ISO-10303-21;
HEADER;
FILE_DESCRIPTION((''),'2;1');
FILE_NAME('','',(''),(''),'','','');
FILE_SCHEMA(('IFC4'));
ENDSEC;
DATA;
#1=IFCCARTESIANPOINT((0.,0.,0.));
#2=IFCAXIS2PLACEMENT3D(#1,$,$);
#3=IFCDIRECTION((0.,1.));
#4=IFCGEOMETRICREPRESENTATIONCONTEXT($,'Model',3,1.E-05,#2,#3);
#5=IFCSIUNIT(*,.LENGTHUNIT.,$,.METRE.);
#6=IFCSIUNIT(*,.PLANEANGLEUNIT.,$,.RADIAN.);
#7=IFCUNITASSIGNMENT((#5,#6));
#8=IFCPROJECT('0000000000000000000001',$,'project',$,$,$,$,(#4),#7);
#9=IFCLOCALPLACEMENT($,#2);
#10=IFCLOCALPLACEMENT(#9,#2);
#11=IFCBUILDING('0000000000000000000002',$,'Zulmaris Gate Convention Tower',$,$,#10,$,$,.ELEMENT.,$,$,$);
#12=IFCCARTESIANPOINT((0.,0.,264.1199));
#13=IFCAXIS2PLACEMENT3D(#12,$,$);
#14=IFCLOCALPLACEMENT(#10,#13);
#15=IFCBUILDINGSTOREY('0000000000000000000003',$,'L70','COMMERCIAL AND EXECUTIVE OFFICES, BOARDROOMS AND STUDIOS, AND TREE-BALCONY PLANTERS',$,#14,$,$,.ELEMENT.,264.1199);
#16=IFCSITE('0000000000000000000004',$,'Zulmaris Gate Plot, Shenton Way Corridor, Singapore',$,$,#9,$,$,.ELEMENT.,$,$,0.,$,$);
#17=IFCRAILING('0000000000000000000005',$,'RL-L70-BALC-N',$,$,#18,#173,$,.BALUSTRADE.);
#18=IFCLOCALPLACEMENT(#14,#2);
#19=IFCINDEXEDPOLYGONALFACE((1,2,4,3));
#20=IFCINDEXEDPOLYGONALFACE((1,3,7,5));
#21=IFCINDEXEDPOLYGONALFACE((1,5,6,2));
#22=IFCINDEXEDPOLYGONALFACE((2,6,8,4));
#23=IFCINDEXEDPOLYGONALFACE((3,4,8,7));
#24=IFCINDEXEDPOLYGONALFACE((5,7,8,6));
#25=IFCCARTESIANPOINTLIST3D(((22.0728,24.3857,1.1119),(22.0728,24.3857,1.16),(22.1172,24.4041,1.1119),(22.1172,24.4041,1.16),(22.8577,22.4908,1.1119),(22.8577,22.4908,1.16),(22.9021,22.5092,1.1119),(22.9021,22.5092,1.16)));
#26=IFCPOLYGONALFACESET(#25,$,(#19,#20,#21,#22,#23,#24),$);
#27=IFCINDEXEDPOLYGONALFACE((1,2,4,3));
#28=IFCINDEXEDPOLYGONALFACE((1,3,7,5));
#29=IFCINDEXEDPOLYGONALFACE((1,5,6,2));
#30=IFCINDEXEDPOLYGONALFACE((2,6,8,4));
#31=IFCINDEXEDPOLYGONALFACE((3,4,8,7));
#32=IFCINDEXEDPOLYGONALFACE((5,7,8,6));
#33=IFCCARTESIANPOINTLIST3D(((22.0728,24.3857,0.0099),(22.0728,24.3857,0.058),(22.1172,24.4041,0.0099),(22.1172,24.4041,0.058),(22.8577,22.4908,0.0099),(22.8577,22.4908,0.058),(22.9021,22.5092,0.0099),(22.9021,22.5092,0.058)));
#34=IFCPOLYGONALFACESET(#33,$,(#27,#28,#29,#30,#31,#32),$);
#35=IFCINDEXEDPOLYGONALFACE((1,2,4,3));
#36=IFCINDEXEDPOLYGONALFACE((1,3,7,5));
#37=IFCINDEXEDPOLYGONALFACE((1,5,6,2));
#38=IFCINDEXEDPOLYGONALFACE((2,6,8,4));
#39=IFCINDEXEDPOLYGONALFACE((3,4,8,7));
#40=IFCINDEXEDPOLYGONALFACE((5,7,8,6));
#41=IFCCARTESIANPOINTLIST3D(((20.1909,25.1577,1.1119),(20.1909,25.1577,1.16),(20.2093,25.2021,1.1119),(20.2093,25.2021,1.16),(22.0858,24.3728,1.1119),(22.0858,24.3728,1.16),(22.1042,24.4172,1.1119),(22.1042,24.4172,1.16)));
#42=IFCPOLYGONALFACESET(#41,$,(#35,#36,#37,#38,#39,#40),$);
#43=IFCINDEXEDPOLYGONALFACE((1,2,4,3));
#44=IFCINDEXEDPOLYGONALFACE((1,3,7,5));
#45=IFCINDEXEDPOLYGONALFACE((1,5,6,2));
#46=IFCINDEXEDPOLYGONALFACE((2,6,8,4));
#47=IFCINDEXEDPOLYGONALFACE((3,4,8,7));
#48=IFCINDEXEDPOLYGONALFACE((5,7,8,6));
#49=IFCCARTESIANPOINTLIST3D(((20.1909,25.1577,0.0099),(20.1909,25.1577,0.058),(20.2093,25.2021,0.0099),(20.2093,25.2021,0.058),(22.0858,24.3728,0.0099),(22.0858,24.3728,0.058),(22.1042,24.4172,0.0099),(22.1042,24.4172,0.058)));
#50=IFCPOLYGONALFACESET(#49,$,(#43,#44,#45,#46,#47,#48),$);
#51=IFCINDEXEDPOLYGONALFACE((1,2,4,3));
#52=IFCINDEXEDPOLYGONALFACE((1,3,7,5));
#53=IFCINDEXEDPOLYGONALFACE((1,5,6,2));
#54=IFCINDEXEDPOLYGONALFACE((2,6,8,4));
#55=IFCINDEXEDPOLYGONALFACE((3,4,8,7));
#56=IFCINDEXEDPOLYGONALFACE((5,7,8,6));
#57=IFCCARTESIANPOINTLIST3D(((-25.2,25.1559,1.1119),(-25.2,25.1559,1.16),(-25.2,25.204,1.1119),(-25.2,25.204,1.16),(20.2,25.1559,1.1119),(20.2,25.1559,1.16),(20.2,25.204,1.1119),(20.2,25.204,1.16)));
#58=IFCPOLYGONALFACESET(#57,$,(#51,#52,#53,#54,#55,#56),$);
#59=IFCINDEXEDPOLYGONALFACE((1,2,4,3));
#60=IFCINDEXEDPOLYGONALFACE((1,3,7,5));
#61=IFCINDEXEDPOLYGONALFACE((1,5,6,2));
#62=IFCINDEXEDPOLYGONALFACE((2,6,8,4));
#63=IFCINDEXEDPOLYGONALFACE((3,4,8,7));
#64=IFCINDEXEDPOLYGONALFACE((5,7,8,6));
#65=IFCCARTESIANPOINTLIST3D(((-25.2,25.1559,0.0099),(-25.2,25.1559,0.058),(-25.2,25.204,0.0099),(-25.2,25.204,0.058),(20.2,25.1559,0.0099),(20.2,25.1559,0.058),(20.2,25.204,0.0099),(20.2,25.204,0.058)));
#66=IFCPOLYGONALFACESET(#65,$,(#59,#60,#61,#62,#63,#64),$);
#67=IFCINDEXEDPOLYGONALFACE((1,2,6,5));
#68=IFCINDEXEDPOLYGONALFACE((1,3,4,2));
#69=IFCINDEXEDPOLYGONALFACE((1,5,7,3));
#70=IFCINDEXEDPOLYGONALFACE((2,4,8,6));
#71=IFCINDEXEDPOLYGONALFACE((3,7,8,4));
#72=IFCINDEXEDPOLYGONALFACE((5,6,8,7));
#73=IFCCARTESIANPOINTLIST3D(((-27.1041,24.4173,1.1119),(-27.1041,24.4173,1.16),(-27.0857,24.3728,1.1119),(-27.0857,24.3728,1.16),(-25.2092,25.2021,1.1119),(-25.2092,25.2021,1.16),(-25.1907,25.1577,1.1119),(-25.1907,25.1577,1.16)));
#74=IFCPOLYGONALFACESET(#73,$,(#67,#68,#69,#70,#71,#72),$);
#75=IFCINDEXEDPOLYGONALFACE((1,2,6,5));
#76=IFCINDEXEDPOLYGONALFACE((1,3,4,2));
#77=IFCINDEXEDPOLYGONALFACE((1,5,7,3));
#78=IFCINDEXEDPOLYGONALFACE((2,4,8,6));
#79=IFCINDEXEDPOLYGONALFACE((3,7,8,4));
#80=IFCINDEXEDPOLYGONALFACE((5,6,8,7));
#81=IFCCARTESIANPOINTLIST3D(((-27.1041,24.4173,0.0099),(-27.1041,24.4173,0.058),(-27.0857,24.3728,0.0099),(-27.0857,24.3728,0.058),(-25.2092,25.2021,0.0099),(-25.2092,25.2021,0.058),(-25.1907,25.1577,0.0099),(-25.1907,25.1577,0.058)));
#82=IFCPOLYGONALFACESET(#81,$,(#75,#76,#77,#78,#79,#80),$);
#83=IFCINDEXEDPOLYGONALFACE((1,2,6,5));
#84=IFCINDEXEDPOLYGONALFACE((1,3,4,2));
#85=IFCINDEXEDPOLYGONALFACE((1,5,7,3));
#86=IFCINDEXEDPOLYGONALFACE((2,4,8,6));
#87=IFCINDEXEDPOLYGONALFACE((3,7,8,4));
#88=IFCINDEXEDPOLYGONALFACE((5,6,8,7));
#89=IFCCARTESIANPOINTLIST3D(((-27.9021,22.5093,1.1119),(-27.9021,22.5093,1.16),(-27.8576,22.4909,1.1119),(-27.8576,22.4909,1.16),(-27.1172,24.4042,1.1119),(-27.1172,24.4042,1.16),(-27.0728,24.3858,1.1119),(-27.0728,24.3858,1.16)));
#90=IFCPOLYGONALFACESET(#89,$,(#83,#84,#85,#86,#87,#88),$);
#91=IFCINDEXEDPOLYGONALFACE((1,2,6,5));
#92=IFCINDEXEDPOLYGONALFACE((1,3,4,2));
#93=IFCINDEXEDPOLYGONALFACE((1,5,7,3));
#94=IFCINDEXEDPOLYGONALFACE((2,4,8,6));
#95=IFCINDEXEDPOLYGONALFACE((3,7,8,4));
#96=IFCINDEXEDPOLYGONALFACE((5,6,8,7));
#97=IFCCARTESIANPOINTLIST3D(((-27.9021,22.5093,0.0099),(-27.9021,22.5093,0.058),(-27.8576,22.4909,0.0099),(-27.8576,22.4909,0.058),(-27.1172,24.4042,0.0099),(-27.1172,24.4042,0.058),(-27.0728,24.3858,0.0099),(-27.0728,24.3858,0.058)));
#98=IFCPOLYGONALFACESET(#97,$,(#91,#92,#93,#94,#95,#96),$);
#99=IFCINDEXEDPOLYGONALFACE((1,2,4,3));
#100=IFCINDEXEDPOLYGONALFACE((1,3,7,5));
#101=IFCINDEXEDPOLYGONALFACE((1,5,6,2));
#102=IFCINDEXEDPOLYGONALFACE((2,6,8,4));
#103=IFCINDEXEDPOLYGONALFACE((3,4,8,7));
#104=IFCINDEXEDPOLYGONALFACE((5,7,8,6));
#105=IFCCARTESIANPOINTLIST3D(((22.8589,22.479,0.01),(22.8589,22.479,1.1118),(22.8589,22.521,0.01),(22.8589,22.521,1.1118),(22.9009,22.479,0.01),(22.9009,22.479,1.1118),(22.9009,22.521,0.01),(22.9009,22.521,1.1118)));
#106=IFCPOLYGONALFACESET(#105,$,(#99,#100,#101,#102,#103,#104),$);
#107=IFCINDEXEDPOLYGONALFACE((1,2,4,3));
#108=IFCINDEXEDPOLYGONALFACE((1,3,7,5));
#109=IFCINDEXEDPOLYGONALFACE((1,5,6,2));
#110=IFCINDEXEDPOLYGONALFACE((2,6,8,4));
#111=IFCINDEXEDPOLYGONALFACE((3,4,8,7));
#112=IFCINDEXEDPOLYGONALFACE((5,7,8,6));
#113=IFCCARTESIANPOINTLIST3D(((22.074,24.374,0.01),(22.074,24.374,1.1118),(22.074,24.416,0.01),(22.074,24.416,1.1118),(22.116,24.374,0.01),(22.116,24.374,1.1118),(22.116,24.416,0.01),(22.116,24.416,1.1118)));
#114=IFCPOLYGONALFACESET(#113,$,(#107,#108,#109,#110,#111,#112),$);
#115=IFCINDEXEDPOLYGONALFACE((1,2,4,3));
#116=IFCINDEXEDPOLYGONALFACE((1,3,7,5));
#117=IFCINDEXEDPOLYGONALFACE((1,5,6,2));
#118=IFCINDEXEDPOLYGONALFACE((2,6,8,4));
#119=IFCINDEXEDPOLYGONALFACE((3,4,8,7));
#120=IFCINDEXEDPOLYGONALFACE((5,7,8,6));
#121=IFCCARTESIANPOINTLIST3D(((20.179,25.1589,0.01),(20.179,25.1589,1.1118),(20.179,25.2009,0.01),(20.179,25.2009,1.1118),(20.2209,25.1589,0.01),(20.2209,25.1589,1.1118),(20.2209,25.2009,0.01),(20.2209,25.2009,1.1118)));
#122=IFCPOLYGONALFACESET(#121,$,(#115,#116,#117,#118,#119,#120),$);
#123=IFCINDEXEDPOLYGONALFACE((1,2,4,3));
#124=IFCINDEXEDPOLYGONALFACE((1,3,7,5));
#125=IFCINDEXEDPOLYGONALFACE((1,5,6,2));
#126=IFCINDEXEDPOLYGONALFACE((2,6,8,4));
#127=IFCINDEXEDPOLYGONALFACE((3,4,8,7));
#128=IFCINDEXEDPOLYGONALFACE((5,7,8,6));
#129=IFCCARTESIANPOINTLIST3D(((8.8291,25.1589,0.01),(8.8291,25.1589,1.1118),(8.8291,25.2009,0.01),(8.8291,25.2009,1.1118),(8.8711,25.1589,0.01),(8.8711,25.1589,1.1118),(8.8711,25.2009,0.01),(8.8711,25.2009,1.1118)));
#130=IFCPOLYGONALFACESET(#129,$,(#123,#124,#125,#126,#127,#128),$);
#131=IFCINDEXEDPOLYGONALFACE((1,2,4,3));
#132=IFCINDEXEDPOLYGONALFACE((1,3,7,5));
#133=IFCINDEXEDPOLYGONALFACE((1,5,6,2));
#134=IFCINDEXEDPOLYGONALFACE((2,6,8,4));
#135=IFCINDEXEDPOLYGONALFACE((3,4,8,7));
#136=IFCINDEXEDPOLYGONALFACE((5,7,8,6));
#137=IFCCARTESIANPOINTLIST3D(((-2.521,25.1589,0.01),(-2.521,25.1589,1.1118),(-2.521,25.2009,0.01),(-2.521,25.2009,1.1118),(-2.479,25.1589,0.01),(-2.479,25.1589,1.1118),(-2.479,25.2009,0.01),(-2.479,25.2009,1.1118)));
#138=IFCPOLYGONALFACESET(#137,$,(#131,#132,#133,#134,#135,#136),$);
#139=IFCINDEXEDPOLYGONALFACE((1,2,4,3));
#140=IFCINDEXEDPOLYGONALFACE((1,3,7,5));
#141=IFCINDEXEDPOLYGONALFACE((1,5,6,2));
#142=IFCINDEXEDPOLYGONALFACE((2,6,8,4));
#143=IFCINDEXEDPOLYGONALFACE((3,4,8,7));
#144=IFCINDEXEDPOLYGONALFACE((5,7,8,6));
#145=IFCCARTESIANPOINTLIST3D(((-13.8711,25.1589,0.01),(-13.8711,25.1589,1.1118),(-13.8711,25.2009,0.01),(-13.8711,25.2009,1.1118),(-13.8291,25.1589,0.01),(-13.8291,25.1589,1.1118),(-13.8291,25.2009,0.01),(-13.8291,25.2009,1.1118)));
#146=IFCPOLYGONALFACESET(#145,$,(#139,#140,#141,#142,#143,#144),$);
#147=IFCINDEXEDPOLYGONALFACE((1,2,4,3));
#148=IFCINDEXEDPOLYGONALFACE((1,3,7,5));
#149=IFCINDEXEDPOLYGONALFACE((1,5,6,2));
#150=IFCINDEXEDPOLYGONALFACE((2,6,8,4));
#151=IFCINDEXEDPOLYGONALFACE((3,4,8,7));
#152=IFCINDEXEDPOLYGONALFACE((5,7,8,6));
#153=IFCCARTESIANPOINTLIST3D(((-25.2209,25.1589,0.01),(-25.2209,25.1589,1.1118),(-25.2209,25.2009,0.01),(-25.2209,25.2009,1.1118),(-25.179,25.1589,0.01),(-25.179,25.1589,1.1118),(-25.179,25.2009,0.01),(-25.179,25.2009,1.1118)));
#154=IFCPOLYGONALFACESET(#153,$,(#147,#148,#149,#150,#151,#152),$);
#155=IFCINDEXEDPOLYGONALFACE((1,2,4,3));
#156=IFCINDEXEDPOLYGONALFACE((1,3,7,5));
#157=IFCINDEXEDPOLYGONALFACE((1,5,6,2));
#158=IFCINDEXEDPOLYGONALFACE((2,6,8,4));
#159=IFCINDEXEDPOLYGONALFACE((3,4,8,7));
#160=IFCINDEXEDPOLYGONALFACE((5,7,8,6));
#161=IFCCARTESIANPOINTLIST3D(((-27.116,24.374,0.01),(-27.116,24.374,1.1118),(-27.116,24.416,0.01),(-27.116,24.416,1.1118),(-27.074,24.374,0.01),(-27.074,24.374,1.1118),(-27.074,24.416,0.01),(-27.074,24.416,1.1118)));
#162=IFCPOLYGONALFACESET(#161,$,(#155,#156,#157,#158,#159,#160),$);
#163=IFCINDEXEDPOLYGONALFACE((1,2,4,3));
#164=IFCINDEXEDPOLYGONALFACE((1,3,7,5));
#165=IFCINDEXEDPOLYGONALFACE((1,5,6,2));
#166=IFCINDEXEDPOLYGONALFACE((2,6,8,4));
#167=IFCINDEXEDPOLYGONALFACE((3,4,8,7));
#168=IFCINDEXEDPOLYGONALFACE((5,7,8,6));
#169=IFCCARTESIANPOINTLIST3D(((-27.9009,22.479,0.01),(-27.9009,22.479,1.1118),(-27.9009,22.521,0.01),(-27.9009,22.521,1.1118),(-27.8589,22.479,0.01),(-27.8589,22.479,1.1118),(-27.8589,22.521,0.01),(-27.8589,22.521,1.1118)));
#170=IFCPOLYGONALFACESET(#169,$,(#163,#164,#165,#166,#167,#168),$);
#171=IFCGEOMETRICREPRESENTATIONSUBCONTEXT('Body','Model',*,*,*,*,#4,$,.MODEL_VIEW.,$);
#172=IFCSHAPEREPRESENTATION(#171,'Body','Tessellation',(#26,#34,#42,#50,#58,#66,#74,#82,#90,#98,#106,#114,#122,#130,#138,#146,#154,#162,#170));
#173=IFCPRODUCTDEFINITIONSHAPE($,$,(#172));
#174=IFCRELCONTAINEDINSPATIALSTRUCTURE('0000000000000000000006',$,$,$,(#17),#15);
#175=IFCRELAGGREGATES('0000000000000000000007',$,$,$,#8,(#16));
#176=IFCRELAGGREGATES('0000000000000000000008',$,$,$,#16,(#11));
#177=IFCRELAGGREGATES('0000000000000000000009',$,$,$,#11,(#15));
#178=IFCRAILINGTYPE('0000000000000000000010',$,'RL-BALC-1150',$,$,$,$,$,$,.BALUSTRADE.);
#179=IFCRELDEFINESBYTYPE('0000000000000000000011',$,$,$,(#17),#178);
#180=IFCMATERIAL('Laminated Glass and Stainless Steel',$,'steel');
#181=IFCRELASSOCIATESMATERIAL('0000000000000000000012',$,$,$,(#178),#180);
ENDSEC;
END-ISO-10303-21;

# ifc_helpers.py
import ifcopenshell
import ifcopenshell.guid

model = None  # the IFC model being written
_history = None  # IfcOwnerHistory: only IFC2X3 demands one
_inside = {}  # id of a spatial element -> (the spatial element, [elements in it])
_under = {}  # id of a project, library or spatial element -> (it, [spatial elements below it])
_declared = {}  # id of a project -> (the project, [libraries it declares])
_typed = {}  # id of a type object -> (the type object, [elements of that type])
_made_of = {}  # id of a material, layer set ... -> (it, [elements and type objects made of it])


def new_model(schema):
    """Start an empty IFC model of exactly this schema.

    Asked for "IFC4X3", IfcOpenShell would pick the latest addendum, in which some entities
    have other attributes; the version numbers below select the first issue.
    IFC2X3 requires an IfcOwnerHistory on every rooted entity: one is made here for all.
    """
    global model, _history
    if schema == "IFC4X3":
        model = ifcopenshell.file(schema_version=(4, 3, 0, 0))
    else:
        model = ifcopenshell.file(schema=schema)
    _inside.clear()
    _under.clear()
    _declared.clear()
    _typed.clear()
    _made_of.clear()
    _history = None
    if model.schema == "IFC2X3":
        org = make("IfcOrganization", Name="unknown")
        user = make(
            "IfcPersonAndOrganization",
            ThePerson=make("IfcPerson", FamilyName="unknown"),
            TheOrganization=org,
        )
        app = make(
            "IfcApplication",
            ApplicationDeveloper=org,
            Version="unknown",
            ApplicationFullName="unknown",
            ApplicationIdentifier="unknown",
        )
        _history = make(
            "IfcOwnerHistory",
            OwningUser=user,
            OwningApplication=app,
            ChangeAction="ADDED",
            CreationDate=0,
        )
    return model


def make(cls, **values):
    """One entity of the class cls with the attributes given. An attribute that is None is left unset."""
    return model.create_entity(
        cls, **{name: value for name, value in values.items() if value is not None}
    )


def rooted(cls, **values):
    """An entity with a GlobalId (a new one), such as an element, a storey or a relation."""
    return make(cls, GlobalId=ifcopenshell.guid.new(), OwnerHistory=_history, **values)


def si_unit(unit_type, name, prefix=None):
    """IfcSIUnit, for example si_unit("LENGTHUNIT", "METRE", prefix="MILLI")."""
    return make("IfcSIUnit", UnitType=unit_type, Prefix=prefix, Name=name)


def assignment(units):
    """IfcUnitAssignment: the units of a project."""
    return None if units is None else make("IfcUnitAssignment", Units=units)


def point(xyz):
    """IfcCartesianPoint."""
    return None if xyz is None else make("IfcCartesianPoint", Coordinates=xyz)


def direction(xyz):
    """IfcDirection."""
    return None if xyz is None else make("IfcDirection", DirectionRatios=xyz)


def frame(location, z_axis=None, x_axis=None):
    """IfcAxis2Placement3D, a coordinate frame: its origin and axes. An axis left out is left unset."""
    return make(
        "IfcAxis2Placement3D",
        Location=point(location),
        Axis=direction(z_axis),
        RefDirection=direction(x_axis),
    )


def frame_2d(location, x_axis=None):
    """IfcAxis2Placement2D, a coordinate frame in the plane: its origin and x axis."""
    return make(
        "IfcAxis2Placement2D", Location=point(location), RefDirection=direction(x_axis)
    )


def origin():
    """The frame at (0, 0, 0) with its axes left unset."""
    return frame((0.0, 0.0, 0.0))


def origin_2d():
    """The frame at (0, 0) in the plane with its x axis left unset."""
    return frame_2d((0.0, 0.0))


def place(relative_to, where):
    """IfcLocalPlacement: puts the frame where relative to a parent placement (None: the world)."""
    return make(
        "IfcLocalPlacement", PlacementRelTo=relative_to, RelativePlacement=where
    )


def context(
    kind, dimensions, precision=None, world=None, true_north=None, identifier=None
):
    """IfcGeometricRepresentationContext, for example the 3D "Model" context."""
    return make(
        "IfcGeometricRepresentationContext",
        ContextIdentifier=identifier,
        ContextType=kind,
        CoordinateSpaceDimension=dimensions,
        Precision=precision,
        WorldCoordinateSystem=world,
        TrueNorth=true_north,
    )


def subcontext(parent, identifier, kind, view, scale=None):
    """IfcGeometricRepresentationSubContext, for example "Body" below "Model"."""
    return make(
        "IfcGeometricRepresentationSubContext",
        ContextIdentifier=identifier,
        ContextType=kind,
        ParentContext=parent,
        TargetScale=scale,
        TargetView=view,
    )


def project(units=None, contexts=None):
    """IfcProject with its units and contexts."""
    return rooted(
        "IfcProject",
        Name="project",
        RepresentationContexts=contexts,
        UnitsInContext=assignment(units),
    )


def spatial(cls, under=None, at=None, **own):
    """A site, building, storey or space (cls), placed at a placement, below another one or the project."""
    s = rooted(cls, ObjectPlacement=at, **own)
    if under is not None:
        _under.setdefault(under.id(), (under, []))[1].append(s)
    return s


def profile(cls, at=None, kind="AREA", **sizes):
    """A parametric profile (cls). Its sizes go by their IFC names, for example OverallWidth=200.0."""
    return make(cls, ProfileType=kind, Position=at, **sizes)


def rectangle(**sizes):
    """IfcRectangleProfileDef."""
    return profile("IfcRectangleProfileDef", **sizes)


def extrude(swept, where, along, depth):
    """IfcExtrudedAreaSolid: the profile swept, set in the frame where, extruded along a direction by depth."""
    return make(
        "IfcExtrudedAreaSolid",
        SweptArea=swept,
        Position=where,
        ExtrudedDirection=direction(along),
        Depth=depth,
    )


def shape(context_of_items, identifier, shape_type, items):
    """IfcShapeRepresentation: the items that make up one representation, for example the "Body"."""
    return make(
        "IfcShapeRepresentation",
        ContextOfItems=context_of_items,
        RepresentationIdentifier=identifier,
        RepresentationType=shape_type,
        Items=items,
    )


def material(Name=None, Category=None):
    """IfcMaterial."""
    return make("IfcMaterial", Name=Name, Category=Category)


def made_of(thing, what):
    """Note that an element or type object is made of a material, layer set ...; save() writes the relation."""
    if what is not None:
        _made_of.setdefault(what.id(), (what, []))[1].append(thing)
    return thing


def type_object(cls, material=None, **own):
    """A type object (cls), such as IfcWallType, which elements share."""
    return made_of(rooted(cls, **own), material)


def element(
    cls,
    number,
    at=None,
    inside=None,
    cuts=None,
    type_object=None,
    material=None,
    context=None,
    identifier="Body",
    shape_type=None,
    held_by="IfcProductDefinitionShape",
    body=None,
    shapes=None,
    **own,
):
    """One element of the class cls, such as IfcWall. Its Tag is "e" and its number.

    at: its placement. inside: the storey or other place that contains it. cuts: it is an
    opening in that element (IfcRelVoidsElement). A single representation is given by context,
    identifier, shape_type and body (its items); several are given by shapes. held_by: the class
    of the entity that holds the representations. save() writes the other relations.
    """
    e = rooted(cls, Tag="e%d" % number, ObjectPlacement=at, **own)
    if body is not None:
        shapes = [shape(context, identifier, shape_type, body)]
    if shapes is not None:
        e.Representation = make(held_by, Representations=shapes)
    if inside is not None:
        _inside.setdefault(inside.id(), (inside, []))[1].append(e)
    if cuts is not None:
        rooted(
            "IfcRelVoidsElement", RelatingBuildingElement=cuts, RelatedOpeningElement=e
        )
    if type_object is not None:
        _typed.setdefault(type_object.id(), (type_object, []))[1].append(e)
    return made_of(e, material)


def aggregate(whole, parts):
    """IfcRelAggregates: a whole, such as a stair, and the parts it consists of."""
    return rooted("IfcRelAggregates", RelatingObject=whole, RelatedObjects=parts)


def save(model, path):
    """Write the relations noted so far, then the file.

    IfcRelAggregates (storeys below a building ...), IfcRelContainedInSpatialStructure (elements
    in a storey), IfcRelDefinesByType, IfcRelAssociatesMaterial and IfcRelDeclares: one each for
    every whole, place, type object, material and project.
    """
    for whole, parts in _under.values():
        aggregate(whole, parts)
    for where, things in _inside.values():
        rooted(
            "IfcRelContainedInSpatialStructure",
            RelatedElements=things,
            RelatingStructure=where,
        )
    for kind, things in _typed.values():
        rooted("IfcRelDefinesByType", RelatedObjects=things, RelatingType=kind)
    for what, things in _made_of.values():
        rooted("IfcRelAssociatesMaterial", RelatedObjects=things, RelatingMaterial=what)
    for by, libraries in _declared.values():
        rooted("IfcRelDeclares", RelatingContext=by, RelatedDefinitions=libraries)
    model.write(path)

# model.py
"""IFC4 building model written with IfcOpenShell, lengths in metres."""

from ifc_helpers import new_model, si_unit, direction, frame, origin, origin_2d, place, context, subcontext, project, spatial, rectangle, extrude, material, type_object, element, save


model = new_model("IFC4")

# Units and contexts
model_context = context("Model", 3, precision=1e-05, world=origin(), true_north=direction((0.0, 1.0)))
body_context = subcontext(model_context, "Body", "Model", "MODEL_VIEW")
ifc_project = project(units=[si_unit("LENGTHUNIT", "METRE"), si_unit("PLANEANGLEUNIT", "RADIAN")], contexts=[model_context])

# Site, building, storey
site_placement = place(None, origin())
site = spatial("IfcSite", under=ifc_project, at=site_placement, Name="Zulmaris Gate Plot, Shenton Way Corridor, Singapore", CompositionType="ELEMENT", RefElevation=0.0)
building_placement = place(site_placement, origin())
building = spatial("IfcBuilding", under=site, at=building_placement, Name="Zulmaris Gate Convention Tower", CompositionType="ELEMENT")
storey_placement = place(building_placement, frame((0.0, 0.0, 264.1199)))
storey = spatial("IfcBuildingStorey", under=building, at=storey_placement, Name="L70", Description="COMMERCIAL AND EXECUTIVE OFFICES, BOARDROOMS AND STUDIOS, AND TREE-BALCONY PLANTERS", CompositionType="ELEMENT", Elevation=264.1199)

# Railing
ifc_material_1 = material(Name="Laminated Glass and Stainless Steel", Category="steel")
railing_type = type_object("IfcRailingType", Name="RL-BALC-1150", PredefinedType="BALUSTRADE", material=ifc_material_1)
railing_placement = place(storey_placement, frame((22.8799, 22.5, 0.01)))
element("IfcRailing", 1, at=railing_placement, inside=storey, type_object=railing_type, Name="RL-L70-BALC-N", PredefinedType="BALUSTRADE", context=body_context, shape_type="SweptSolid", body=[
    extrude(rectangle(XDim=0.0481, YDim=0.0481, at=origin_2d()), frame((0.0, 0.0, 1.126), z_axis=(-0.382671, 0.923885, 0.0), x_axis=(-0.923885, -0.382671, 0.0)), (0.0, 0.0, 1.0), 2.051),
    extrude(rectangle(XDim=0.0481, YDim=0.0481, at=origin_2d()), frame((0.0, 0.0, 0.0239), z_axis=(-0.382671, 0.923885, 0.0), x_axis=(-0.923885, -0.382671, 0.0)), (0.0, 0.0, 1.0), 2.051),
    extrude(rectangle(XDim=0.0481, YDim=0.0481, at=origin_2d()), frame((-0.7849, 1.895, 1.126), z_axis=(-0.923885, 0.382671, 0.0), x_axis=(-0.382671, -0.923885, 0.0)), (0.0, 0.0, 1.0), 2.051),
    extrude(rectangle(XDim=0.0481, YDim=0.0481, at=origin_2d()), frame((-0.7849, 1.895, 0.0239), z_axis=(-0.923885, 0.382671, 0.0), x_axis=(-0.382671, -0.923885, 0.0)), (0.0, 0.0, 1.0), 2.051),
    extrude(rectangle(XDim=0.0481, YDim=0.0481, at=origin_2d()), frame((-2.6799, 2.6799, 1.126), z_axis=(-1.0, 0.0, 0.0), x_axis=(0.0, -1.0, 0.0)), (0.0, 0.0, 1.0), 45.3999),
    extrude(rectangle(XDim=0.0481, YDim=0.0481, at=origin_2d()), frame((-2.6799, 2.6799, 0.0239), z_axis=(-1.0, 0.0, 0.0), x_axis=(0.0, -1.0, 0.0)), (0.0, 0.0, 1.0), 45.3999),
    extrude(rectangle(XDim=0.0481, YDim=0.0481, at=origin_2d()), frame((-48.0798, 2.6799, 1.126), z_axis=(-0.923885, -0.382671, 0.0), x_axis=(0.382671, -0.923885, 0.0)), (0.0, 0.0, 1.0), 2.051),
    extrude(rectangle(XDim=0.0481, YDim=0.0481, at=origin_2d()), frame((-48.0798, 2.6799, 0.0239), z_axis=(-0.923885, -0.382671, 0.0), x_axis=(0.382671, -0.923885, 0.0)), (0.0, 0.0, 1.0), 2.051),
    extrude(rectangle(XDim=0.0481, YDim=0.0481, at=origin_2d()), frame((-49.9749, 1.895, 1.126), z_axis=(-0.382671, -0.923885, 0.0), x_axis=(0.923885, -0.382671, 0.0)), (0.0, 0.0, 1.0), 2.051),
    extrude(rectangle(XDim=0.0481, YDim=0.0481, at=origin_2d()), frame((-49.9749, 1.895, 0.0239), z_axis=(-0.382671, -0.923885, 0.0), x_axis=(0.923885, -0.382671, 0.0)), (0.0, 0.0, 1.0), 2.051),
    extrude(rectangle(XDim=0.042, YDim=0.042, at=origin_2d()), origin(), (0.0, 0.0, 1.0), 1.1018),
    extrude(rectangle(XDim=0.042, YDim=0.042, at=origin_2d()), frame((-0.7849, 1.895, 0.0)), (0.0, 0.0, 1.0), 1.1018),
    extrude(rectangle(XDim=0.042, YDim=0.042, at=origin_2d()), frame((-2.6799, 2.6799, 0.0)), (0.0, 0.0, 1.0), 1.1018),
    extrude(rectangle(XDim=0.042, YDim=0.042, at=origin_2d()), frame((-14.0298, 2.6799, 0.0)), (0.0, 0.0, 1.0), 1.1018),
    extrude(rectangle(XDim=0.042, YDim=0.042, at=origin_2d()), frame((-25.3799, 2.6799, 0.0)), (0.0, 0.0, 1.0), 1.1018),
    extrude(rectangle(XDim=0.042, YDim=0.042, at=origin_2d()), frame((-36.73, 2.6799, 0.0)), (0.0, 0.0, 1.0), 1.1018),
    extrude(rectangle(XDim=0.042, YDim=0.042, at=origin_2d()), frame((-48.0798, 2.6799, 0.0)), (0.0, 0.0, 1.0), 1.1018),
    extrude(rectangle(XDim=0.042, YDim=0.042, at=origin_2d()), frame((-49.9749, 1.895, 0.0)), (0.0, 0.0, 1.0), 1.1018),
    extrude(rectangle(XDim=0.042, YDim=0.042, at=origin_2d()), frame((-50.7598, 0.0, 0.0)), (0.0, 0.0, 1.0), 1.1018),
])

save(model, "model.ifc")
